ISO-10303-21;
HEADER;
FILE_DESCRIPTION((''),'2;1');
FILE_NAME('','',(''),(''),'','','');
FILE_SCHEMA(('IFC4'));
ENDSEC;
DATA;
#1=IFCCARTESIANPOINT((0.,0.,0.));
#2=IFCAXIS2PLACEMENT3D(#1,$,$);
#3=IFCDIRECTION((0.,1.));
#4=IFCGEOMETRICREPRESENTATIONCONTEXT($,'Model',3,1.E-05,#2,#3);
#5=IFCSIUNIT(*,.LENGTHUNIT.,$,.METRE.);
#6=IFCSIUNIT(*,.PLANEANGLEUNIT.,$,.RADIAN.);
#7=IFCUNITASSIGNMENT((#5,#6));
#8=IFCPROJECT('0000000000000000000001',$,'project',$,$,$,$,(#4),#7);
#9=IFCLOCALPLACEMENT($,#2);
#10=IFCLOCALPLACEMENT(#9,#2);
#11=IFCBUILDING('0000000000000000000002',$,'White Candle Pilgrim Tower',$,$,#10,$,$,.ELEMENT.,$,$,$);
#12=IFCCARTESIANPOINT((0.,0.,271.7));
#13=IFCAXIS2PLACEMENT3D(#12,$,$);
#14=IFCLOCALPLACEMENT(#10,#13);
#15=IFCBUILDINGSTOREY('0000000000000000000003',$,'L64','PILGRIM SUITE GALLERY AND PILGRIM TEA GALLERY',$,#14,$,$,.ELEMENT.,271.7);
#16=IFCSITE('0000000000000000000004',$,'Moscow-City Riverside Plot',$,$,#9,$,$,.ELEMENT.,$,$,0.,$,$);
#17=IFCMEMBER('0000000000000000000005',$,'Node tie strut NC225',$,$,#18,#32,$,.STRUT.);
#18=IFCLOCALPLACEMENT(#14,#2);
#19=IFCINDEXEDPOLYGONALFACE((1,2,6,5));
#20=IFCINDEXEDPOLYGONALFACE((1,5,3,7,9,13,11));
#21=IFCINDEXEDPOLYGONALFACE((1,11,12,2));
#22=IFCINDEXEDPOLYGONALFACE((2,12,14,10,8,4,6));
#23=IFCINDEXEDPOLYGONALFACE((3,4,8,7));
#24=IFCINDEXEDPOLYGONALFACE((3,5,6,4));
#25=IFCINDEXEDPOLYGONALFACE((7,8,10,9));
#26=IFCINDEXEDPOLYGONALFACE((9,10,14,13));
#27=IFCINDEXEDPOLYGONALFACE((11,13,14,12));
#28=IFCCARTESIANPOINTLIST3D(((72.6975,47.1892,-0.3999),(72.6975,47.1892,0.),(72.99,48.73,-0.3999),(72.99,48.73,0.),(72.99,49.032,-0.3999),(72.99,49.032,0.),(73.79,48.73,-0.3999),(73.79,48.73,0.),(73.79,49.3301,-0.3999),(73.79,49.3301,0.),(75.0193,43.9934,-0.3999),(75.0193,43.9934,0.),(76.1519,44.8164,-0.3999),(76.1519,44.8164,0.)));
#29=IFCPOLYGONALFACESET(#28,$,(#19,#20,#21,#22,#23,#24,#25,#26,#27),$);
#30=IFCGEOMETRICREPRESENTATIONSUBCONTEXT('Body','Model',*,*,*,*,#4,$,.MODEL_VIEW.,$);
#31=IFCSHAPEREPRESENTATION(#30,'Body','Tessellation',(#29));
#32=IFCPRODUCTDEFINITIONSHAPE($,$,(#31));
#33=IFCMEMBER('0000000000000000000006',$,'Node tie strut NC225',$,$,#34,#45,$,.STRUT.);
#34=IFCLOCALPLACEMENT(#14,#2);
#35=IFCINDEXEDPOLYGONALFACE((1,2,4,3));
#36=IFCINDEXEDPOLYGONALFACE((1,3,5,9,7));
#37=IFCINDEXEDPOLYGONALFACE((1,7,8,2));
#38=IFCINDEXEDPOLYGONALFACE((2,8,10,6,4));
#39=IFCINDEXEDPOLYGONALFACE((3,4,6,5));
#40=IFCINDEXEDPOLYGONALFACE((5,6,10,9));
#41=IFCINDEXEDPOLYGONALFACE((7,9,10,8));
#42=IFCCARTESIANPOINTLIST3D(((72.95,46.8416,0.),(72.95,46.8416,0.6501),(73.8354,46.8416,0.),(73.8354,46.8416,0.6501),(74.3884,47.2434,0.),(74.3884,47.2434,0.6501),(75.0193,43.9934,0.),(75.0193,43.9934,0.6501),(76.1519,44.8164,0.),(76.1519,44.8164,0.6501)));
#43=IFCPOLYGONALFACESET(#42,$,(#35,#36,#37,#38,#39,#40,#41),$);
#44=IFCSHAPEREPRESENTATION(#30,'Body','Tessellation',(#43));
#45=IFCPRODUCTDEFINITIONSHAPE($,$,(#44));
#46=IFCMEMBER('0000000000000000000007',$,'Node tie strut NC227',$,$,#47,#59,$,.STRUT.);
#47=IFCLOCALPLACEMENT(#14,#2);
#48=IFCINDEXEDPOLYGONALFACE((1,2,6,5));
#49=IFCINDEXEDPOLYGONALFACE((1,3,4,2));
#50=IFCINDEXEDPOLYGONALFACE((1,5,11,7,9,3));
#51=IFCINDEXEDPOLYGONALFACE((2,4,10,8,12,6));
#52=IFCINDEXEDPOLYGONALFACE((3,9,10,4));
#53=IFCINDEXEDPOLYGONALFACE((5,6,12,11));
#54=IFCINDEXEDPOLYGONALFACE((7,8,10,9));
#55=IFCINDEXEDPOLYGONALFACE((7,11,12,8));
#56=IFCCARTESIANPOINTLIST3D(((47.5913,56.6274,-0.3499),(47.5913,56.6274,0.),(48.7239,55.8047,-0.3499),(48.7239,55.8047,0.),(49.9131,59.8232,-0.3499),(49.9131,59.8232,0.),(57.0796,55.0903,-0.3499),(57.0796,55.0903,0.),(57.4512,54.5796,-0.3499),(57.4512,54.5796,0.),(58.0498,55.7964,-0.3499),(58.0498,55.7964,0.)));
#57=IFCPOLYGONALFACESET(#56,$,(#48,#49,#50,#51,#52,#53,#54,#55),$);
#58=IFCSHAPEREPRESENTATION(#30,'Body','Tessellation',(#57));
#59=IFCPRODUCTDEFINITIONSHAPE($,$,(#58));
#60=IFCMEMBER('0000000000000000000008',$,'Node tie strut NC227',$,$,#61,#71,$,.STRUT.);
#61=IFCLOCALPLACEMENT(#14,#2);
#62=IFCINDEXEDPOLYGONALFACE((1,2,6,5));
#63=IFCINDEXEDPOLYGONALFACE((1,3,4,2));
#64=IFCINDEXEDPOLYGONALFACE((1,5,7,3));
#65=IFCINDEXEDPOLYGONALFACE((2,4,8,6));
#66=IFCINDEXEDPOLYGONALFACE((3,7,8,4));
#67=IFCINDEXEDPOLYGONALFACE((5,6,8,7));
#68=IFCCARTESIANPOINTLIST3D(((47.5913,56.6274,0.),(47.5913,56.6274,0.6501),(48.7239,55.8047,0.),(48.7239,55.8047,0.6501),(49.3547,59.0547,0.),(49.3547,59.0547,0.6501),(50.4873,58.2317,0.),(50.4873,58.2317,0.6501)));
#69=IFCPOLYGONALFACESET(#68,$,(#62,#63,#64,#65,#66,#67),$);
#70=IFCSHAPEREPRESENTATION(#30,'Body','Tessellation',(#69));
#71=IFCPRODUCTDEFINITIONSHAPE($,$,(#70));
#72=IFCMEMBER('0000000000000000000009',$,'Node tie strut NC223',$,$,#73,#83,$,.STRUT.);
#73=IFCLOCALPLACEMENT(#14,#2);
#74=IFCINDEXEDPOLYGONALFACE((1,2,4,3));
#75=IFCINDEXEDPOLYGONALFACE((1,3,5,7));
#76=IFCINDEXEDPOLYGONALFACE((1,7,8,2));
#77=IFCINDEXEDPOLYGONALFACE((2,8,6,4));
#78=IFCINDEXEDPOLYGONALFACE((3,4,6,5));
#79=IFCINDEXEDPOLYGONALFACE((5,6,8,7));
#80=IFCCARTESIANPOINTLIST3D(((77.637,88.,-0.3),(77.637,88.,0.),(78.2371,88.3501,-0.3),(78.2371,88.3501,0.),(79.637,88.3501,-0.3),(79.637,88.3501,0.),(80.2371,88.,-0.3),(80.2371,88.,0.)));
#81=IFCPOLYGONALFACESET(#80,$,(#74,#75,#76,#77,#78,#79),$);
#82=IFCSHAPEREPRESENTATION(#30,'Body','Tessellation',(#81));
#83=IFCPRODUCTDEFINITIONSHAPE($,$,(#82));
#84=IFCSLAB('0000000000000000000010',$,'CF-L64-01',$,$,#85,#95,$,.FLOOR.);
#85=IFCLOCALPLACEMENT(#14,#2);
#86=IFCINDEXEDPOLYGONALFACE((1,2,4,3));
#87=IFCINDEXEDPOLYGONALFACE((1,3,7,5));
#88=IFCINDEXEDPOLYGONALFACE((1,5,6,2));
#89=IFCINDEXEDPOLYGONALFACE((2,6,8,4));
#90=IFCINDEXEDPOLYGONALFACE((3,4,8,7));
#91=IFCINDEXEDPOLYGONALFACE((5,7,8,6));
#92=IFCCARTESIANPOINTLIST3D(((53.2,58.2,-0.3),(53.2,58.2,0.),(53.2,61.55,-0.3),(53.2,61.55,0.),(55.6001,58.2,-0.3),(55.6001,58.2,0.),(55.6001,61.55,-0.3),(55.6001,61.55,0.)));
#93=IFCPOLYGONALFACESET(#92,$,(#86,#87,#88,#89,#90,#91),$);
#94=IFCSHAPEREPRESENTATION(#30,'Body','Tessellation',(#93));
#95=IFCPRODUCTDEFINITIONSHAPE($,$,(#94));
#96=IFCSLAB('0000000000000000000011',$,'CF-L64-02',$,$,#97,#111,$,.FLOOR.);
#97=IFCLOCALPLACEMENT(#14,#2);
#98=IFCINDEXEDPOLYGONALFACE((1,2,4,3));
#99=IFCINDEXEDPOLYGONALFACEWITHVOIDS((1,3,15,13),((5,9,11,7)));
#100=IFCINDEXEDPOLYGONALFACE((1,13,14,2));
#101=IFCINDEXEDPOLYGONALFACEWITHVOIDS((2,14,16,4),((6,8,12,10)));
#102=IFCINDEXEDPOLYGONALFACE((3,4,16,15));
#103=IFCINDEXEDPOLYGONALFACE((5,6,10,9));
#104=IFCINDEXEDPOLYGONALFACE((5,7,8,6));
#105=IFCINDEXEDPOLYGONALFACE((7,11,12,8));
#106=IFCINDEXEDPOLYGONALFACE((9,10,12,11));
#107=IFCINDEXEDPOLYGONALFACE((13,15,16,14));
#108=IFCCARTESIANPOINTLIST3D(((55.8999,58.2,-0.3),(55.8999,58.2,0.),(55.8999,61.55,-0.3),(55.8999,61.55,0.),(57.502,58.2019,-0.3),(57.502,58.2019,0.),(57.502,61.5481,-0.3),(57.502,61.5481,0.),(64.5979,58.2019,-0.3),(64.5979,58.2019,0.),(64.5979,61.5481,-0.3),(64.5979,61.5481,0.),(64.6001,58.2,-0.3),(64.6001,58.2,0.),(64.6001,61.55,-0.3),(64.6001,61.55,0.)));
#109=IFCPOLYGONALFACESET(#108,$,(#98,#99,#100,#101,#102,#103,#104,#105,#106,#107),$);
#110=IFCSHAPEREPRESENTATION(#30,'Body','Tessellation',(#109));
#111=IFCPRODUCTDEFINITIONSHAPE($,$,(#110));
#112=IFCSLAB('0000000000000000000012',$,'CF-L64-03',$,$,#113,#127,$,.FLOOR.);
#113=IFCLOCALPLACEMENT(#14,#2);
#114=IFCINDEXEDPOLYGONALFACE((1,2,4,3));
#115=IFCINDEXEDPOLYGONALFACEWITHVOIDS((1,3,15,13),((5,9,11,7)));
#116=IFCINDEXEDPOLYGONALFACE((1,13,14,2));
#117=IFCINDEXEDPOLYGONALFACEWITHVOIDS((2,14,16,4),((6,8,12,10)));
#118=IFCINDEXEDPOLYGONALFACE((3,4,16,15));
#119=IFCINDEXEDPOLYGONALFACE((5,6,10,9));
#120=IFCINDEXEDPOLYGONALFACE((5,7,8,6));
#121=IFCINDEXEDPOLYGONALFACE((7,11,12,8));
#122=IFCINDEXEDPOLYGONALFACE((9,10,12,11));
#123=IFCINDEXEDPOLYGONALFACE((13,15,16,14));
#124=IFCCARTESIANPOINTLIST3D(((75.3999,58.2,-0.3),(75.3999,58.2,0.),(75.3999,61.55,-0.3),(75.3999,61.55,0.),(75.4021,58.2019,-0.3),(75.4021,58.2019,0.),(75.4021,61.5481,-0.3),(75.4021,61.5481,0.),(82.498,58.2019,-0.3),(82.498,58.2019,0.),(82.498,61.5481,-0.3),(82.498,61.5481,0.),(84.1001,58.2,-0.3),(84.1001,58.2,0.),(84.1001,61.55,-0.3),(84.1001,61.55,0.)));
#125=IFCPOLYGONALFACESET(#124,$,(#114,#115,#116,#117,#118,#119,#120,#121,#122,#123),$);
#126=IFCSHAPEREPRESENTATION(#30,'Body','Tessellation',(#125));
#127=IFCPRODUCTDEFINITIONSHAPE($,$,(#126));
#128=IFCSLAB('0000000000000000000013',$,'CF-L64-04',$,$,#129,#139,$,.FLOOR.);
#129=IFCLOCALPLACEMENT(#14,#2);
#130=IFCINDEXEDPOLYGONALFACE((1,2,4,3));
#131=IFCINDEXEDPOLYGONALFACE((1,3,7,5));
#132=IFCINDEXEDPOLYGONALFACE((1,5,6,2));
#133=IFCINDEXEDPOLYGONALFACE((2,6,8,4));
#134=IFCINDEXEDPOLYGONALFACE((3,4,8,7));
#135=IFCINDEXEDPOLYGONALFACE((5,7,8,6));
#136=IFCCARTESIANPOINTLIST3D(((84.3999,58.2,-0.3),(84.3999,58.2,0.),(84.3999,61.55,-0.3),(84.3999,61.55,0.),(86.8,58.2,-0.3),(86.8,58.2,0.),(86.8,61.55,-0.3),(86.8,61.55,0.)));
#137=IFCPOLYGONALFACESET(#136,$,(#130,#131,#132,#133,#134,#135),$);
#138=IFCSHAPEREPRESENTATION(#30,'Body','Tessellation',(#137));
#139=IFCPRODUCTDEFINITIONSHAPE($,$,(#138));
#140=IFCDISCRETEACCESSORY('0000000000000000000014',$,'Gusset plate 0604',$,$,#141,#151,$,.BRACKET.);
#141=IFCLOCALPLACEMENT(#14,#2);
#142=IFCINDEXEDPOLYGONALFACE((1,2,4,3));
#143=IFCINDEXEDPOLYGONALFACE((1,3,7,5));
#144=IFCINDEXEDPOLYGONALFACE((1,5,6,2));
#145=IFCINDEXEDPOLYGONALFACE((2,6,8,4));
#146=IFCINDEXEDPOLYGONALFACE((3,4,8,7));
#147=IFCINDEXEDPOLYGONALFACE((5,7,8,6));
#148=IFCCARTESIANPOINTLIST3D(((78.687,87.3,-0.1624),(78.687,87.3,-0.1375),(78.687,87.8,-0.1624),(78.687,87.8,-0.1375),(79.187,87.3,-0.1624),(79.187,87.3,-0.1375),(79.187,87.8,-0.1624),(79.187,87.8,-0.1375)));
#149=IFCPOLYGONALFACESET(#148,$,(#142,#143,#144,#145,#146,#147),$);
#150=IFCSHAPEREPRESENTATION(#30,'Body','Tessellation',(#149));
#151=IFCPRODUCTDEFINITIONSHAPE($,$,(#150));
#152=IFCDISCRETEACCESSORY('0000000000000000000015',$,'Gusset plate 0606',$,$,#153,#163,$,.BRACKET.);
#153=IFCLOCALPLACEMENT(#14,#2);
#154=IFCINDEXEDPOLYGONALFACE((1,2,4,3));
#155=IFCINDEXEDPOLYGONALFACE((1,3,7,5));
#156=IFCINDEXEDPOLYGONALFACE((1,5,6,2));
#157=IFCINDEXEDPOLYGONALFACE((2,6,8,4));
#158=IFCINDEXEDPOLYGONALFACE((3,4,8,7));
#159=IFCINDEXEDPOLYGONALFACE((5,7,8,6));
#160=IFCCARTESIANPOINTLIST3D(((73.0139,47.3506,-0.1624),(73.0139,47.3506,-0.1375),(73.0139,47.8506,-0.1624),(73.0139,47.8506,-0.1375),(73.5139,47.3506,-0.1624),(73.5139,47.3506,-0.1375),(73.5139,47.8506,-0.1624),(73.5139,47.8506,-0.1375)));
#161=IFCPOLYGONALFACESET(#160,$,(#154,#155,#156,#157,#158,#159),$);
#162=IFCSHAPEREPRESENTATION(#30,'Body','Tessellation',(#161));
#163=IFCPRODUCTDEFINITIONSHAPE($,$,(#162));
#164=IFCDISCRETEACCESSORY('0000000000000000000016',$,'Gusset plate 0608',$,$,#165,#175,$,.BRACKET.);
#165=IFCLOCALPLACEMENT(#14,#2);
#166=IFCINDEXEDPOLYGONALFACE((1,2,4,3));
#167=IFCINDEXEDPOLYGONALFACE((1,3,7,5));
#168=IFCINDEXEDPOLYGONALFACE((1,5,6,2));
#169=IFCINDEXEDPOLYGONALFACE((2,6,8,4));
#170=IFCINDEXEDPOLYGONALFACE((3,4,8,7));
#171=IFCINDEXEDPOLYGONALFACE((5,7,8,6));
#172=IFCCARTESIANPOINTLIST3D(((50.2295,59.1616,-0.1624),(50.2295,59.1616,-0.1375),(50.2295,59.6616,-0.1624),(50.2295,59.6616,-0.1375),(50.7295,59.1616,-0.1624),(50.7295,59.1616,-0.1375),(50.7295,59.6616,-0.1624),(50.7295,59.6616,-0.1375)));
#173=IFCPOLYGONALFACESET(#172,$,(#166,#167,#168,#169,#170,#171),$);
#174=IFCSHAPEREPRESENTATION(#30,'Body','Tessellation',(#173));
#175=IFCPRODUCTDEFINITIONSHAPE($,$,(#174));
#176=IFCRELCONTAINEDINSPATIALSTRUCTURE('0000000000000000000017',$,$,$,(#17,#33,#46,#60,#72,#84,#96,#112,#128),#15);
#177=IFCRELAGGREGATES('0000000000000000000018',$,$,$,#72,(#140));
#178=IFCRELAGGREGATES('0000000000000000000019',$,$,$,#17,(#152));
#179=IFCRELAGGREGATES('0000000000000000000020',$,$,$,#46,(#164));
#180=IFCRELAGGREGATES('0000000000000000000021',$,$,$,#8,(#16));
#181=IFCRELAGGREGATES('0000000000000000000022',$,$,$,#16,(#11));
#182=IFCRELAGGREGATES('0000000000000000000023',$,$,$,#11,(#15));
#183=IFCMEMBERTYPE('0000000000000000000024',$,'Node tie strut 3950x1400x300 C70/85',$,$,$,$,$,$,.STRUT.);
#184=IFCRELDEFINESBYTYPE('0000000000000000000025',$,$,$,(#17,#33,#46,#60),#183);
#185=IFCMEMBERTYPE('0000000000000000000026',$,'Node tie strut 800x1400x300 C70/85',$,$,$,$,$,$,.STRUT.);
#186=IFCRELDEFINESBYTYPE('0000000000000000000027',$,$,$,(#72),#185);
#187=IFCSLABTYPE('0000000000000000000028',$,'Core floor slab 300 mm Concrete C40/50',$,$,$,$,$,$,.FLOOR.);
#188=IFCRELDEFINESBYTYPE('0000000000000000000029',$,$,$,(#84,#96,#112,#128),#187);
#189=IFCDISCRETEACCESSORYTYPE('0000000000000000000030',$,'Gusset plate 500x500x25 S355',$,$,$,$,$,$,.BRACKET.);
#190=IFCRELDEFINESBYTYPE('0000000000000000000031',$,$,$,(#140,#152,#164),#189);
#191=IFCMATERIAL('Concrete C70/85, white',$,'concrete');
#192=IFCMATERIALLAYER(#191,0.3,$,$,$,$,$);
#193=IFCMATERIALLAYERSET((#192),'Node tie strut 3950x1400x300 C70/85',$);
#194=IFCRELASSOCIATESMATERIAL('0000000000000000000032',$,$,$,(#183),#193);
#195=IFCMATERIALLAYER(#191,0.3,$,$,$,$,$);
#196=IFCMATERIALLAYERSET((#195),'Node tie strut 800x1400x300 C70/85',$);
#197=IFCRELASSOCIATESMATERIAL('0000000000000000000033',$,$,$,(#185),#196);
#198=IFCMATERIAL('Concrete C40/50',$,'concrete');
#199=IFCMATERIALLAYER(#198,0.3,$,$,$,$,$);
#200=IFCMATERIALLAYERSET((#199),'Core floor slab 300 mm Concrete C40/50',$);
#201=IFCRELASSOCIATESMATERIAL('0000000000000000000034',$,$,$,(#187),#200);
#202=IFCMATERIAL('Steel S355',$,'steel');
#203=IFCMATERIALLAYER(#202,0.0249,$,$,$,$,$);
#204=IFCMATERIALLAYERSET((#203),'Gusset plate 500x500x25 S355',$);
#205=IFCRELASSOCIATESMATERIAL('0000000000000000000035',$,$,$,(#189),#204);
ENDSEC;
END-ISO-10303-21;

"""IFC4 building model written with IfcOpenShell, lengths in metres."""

from ifc_helpers import new_model, si_unit, direction, frame, origin, origin_2d, place, context, subcontext, project, spatial, polyline, rectangle, outline, extrude, material, layer, layer_set, type_object, element, aggregate, save


model = new_model("IFC4")

# Units and contexts
model_context = context("Model", 3, precision=1e-05, world=origin(), true_north=direction((0.0, 1.0)))
body_context = subcontext(model_context, "Body", "Model", "MODEL_VIEW")
ifc_project = project(units=[si_unit("LENGTHUNIT", "METRE"), si_unit("PLANEANGLEUNIT", "RADIAN")], contexts=[model_context])

# Site, building, storey
site_placement = place(None, origin())
site = spatial("IfcSite", under=ifc_project, at=site_placement, Name="Moscow-City Riverside Plot", CompositionType="ELEMENT", RefElevation=0.0)
building_placement = place(site_placement, origin())
building = spatial("IfcBuilding", under=site, at=building_placement, Name="White Candle Pilgrim Tower", CompositionType="ELEMENT")
storey_placement = place(building_placement, frame((0.0, 0.0, 271.7)))
storey = spatial("IfcBuildingStorey", under=building, at=storey_placement, Name="L64", Description="PILGRIM SUITE GALLERY AND PILGRIM TEA GALLERY", CompositionType="ELEMENT", Elevation=271.7)

# Members
ifc_material_1 = material(Name="Concrete C70/85, white", Category="concrete")
ifc_layer_1 = layer(ifc_material_1, 0.3)
ifc_layer_set_1 = layer_set([ifc_layer_1], Name="Node tie strut 3950x1400x300 C70/85")
member_type_1 = type_object("IfcMemberType", Name="Node tie strut 3950x1400x300 C70/85", PredefinedType="STRUT", material=ifc_layer_set_1)
member_1_placement = place(storey_placement, frame((0.0, 0.0, -0.3999)))
member_1 = element("IfcMember", 1, at=member_1_placement, inside=storey, type_object=member_type_1, Name="Node tie strut NC225", PredefinedType="STRUT", context=body_context, shape_type="SweptSolid", body=[
    extrude(outline(polyline([(75.0193, 43.9934), (76.1519, 44.8164), (73.79, 49.3301), (73.79, 48.73), (72.99, 48.73), (72.99, 49.032), (72.6975, 47.1892), (75.0193, 43.9934)])), origin(), (0.0, 0.0, 1.0), 0.3999),
])
member_2_placement = place(storey_placement, origin())
element("IfcMember", 2, at=member_2_placement, inside=storey, type_object=member_type_1, Name="Node tie strut NC225", PredefinedType="STRUT", context=body_context, shape_type="SweptSolid", body=[
    extrude(outline(polyline([(75.0193, 43.9934), (76.1519, 44.8164), (74.3884, 47.2434), (73.8354, 46.8416), (72.95, 46.8416), (75.0193, 43.9934)])), origin(), (0.0, 0.0, 1.0), 0.6501),
])
member_3_placement = place(storey_placement, frame((0.0, 0.0, -0.3499)))
member_3 = element("IfcMember", 3, at=member_3_placement, inside=storey, type_object=member_type_1, Name="Node tie strut NC227", PredefinedType="STRUT", context=body_context, shape_type="SweptSolid", body=[
    extrude(outline(polyline([(57.4512, 54.5796), (57.0796, 55.0903), (58.0498, 55.7964), (49.9131, 59.8232), (47.5913, 56.6274), (48.7239, 55.8047), (57.4512, 54.5796)])), origin(), (0.0, 0.0, 1.0), 0.3499),
])
member_4_placement = place(storey_placement, origin())
element("IfcMember", 4, at=member_4_placement, inside=storey, type_object=member_type_1, Name="Node tie strut NC227", PredefinedType="STRUT", context=body_context, shape_type="SweptSolid", body=[
    extrude(outline(polyline([(48.7239, 55.8047), (50.4873, 58.2317), (49.3547, 59.0547), (47.5913, 56.6274), (48.7239, 55.8047)])), origin(), (0.0, 0.0, 1.0), 0.6501),
])
ifc_layer_2 = layer(ifc_material_1, 0.3)
ifc_layer_set_2 = layer_set([ifc_layer_2], Name="Node tie strut 800x1400x300 C70/85")
member_type_2 = type_object("IfcMemberType", Name="Node tie strut 800x1400x300 C70/85", PredefinedType="STRUT", material=ifc_layer_set_2)
member_5_placement = place(storey_placement, frame((0.0, 0.0, -0.3)))
member_5 = element("IfcMember", 5, at=member_5_placement, inside=storey, type_object=member_type_2, Name="Node tie strut NC223", PredefinedType="STRUT", context=body_context, shape_type="SweptSolid", body=[
    extrude(outline(polyline([(77.637, 88.0), (80.2371, 88.0), (79.637, 88.3501), (78.2371, 88.3501), (77.637, 88.0)])), origin(), (0.0, 0.0, 1.0), 0.3),
])

# Slabs
ifc_material_2 = material(Name="Concrete C40/50", Category="concrete")
ifc_layer_3 = layer(ifc_material_2, 0.3)
ifc_layer_set_3 = layer_set([ifc_layer_3], Name="Core floor slab 300 mm Concrete C40/50")
slab_type_1 = type_object("IfcSlabType", Name="Core floor slab 300 mm Concrete C40/50", PredefinedType="FLOOR", material=ifc_layer_set_3)
slab_1_placement = place(storey_placement, frame((0.0, 0.0, -0.3)))
element("IfcSlab", 6, at=slab_1_placement, inside=storey, type_object=slab_type_1, Name="CF-L64-01", PredefinedType="FLOOR", context=body_context, shape_type="SweptSolid", body=[
    extrude(outline(polyline([(55.6001, 58.2), (53.2, 58.2), (53.2, 61.55), (55.6001, 61.55), (55.6001, 58.2)])), origin(), (0.0, 0.0, 1.0), 0.3),
])
slab_2_placement = place(storey_placement, frame((0.0, 0.0, -0.3)))
element("IfcSlab", 7, at=slab_2_placement, inside=storey, type_object=slab_type_1, Name="CF-L64-02", PredefinedType="FLOOR", context=body_context, shape_type="SweptSolid", body=[
    extrude(outline(polyline([(55.8999, 58.2), (55.8999, 61.55), (64.6001, 61.55), (64.6001, 58.2), (55.8999, 58.2)]), holes=[polyline([(57.502, 61.5481), (57.502, 58.2019), (64.5979, 58.2019), (64.5979, 61.5481), (57.502, 61.5481)])]), origin(), (0.0, 0.0, 1.0), 0.3),
])
slab_3_placement = place(storey_placement, frame((0.0, 0.0, -0.3)))
element("IfcSlab", 8, at=slab_3_placement, inside=storey, type_object=slab_type_1, Name="CF-L64-03", PredefinedType="FLOOR", context=body_context, shape_type="SweptSolid", body=[
    extrude(outline(polyline([(75.3999, 58.2), (75.3999, 61.55), (84.1001, 61.55), (84.1001, 58.2), (75.3999, 58.2)]), holes=[polyline([(82.498, 61.5481), (75.4021, 61.5481), (75.4021, 58.2019), (82.498, 58.2019), (82.498, 61.5481)])]), origin(), (0.0, 0.0, 1.0), 0.3),
])
slab_4_placement = place(storey_placement, frame((0.0, 0.0, -0.3)))
element("IfcSlab", 9, at=slab_4_placement, inside=storey, type_object=slab_type_1, Name="CF-L64-04", PredefinedType="FLOOR", context=body_context, shape_type="SweptSolid", body=[
    extrude(outline(polyline([(86.8, 58.2), (84.3999, 58.2), (84.3999, 61.55), (86.8, 61.55), (86.8, 58.2)])), origin(), (0.0, 0.0, 1.0), 0.3),
])

# Discrete accessories
ifc_material_3 = material(Name="Steel S355", Category="steel")
ifc_layer_4 = layer(ifc_material_3, 0.0249)
ifc_layer_set_4 = layer_set([ifc_layer_4], Name="Gusset plate 500x500x25 S355")
discrete_accessory_type = type_object("IfcDiscreteAccessoryType", Name="Gusset plate 500x500x25 S355", PredefinedType="BRACKET", material=ifc_layer_set_4)
discrete_accessory_1_placement = place(storey_placement, frame((78.937, 87.55, -0.1624), z_axis=(0.0, 0.0, 1.0), x_axis=(1.0, 0.0, 0.0)))
discrete_accessory_1 = element("IfcDiscreteAccessory", 10, at=discrete_accessory_1_placement, type_object=discrete_accessory_type, Name="Gusset plate 0604", PredefinedType="BRACKET", context=body_context, shape_type="SweptSolid", body=[
    extrude(rectangle(XDim=0.5, YDim=0.5, at=origin_2d()), origin(), (0.0, 0.0, 1.0), 0.0249),
])
aggregate(member_5, [discrete_accessory_1])
discrete_accessory_2_placement = place(storey_placement, frame((73.2639, 47.6006, -0.1624), z_axis=(0.0, 0.0, 1.0), x_axis=(1.0, 0.0, 0.0)))
discrete_accessory_2 = element("IfcDiscreteAccessory", 11, at=discrete_accessory_2_placement, type_object=discrete_accessory_type, Name="Gusset plate 0606", PredefinedType="BRACKET", context=body_context, shape_type="SweptSolid", body=[
    extrude(rectangle(XDim=0.5, YDim=0.5, at=origin_2d()), origin(), (0.0, 0.0, 1.0), 0.0249),
])
aggregate(member_1, [discrete_accessory_2])
discrete_accessory_3_placement = place(storey_placement, frame((50.4795, 59.4116, -0.1624), z_axis=(0.0, 0.0, 1.0), x_axis=(1.0, 0.0, 0.0)))
discrete_accessory_3 = element("IfcDiscreteAccessory", 12, at=discrete_accessory_3_placement, type_object=discrete_accessory_type, Name="Gusset plate 0608", PredefinedType="BRACKET", context=body_context, shape_type="SweptSolid", body=[
    extrude(rectangle(XDim=0.5, YDim=0.5, at=origin_2d()), origin(), (0.0, 0.0, 1.0), 0.0249),
])
aggregate(member_3, [discrete_accessory_3])

save(model, "model.ifc")
